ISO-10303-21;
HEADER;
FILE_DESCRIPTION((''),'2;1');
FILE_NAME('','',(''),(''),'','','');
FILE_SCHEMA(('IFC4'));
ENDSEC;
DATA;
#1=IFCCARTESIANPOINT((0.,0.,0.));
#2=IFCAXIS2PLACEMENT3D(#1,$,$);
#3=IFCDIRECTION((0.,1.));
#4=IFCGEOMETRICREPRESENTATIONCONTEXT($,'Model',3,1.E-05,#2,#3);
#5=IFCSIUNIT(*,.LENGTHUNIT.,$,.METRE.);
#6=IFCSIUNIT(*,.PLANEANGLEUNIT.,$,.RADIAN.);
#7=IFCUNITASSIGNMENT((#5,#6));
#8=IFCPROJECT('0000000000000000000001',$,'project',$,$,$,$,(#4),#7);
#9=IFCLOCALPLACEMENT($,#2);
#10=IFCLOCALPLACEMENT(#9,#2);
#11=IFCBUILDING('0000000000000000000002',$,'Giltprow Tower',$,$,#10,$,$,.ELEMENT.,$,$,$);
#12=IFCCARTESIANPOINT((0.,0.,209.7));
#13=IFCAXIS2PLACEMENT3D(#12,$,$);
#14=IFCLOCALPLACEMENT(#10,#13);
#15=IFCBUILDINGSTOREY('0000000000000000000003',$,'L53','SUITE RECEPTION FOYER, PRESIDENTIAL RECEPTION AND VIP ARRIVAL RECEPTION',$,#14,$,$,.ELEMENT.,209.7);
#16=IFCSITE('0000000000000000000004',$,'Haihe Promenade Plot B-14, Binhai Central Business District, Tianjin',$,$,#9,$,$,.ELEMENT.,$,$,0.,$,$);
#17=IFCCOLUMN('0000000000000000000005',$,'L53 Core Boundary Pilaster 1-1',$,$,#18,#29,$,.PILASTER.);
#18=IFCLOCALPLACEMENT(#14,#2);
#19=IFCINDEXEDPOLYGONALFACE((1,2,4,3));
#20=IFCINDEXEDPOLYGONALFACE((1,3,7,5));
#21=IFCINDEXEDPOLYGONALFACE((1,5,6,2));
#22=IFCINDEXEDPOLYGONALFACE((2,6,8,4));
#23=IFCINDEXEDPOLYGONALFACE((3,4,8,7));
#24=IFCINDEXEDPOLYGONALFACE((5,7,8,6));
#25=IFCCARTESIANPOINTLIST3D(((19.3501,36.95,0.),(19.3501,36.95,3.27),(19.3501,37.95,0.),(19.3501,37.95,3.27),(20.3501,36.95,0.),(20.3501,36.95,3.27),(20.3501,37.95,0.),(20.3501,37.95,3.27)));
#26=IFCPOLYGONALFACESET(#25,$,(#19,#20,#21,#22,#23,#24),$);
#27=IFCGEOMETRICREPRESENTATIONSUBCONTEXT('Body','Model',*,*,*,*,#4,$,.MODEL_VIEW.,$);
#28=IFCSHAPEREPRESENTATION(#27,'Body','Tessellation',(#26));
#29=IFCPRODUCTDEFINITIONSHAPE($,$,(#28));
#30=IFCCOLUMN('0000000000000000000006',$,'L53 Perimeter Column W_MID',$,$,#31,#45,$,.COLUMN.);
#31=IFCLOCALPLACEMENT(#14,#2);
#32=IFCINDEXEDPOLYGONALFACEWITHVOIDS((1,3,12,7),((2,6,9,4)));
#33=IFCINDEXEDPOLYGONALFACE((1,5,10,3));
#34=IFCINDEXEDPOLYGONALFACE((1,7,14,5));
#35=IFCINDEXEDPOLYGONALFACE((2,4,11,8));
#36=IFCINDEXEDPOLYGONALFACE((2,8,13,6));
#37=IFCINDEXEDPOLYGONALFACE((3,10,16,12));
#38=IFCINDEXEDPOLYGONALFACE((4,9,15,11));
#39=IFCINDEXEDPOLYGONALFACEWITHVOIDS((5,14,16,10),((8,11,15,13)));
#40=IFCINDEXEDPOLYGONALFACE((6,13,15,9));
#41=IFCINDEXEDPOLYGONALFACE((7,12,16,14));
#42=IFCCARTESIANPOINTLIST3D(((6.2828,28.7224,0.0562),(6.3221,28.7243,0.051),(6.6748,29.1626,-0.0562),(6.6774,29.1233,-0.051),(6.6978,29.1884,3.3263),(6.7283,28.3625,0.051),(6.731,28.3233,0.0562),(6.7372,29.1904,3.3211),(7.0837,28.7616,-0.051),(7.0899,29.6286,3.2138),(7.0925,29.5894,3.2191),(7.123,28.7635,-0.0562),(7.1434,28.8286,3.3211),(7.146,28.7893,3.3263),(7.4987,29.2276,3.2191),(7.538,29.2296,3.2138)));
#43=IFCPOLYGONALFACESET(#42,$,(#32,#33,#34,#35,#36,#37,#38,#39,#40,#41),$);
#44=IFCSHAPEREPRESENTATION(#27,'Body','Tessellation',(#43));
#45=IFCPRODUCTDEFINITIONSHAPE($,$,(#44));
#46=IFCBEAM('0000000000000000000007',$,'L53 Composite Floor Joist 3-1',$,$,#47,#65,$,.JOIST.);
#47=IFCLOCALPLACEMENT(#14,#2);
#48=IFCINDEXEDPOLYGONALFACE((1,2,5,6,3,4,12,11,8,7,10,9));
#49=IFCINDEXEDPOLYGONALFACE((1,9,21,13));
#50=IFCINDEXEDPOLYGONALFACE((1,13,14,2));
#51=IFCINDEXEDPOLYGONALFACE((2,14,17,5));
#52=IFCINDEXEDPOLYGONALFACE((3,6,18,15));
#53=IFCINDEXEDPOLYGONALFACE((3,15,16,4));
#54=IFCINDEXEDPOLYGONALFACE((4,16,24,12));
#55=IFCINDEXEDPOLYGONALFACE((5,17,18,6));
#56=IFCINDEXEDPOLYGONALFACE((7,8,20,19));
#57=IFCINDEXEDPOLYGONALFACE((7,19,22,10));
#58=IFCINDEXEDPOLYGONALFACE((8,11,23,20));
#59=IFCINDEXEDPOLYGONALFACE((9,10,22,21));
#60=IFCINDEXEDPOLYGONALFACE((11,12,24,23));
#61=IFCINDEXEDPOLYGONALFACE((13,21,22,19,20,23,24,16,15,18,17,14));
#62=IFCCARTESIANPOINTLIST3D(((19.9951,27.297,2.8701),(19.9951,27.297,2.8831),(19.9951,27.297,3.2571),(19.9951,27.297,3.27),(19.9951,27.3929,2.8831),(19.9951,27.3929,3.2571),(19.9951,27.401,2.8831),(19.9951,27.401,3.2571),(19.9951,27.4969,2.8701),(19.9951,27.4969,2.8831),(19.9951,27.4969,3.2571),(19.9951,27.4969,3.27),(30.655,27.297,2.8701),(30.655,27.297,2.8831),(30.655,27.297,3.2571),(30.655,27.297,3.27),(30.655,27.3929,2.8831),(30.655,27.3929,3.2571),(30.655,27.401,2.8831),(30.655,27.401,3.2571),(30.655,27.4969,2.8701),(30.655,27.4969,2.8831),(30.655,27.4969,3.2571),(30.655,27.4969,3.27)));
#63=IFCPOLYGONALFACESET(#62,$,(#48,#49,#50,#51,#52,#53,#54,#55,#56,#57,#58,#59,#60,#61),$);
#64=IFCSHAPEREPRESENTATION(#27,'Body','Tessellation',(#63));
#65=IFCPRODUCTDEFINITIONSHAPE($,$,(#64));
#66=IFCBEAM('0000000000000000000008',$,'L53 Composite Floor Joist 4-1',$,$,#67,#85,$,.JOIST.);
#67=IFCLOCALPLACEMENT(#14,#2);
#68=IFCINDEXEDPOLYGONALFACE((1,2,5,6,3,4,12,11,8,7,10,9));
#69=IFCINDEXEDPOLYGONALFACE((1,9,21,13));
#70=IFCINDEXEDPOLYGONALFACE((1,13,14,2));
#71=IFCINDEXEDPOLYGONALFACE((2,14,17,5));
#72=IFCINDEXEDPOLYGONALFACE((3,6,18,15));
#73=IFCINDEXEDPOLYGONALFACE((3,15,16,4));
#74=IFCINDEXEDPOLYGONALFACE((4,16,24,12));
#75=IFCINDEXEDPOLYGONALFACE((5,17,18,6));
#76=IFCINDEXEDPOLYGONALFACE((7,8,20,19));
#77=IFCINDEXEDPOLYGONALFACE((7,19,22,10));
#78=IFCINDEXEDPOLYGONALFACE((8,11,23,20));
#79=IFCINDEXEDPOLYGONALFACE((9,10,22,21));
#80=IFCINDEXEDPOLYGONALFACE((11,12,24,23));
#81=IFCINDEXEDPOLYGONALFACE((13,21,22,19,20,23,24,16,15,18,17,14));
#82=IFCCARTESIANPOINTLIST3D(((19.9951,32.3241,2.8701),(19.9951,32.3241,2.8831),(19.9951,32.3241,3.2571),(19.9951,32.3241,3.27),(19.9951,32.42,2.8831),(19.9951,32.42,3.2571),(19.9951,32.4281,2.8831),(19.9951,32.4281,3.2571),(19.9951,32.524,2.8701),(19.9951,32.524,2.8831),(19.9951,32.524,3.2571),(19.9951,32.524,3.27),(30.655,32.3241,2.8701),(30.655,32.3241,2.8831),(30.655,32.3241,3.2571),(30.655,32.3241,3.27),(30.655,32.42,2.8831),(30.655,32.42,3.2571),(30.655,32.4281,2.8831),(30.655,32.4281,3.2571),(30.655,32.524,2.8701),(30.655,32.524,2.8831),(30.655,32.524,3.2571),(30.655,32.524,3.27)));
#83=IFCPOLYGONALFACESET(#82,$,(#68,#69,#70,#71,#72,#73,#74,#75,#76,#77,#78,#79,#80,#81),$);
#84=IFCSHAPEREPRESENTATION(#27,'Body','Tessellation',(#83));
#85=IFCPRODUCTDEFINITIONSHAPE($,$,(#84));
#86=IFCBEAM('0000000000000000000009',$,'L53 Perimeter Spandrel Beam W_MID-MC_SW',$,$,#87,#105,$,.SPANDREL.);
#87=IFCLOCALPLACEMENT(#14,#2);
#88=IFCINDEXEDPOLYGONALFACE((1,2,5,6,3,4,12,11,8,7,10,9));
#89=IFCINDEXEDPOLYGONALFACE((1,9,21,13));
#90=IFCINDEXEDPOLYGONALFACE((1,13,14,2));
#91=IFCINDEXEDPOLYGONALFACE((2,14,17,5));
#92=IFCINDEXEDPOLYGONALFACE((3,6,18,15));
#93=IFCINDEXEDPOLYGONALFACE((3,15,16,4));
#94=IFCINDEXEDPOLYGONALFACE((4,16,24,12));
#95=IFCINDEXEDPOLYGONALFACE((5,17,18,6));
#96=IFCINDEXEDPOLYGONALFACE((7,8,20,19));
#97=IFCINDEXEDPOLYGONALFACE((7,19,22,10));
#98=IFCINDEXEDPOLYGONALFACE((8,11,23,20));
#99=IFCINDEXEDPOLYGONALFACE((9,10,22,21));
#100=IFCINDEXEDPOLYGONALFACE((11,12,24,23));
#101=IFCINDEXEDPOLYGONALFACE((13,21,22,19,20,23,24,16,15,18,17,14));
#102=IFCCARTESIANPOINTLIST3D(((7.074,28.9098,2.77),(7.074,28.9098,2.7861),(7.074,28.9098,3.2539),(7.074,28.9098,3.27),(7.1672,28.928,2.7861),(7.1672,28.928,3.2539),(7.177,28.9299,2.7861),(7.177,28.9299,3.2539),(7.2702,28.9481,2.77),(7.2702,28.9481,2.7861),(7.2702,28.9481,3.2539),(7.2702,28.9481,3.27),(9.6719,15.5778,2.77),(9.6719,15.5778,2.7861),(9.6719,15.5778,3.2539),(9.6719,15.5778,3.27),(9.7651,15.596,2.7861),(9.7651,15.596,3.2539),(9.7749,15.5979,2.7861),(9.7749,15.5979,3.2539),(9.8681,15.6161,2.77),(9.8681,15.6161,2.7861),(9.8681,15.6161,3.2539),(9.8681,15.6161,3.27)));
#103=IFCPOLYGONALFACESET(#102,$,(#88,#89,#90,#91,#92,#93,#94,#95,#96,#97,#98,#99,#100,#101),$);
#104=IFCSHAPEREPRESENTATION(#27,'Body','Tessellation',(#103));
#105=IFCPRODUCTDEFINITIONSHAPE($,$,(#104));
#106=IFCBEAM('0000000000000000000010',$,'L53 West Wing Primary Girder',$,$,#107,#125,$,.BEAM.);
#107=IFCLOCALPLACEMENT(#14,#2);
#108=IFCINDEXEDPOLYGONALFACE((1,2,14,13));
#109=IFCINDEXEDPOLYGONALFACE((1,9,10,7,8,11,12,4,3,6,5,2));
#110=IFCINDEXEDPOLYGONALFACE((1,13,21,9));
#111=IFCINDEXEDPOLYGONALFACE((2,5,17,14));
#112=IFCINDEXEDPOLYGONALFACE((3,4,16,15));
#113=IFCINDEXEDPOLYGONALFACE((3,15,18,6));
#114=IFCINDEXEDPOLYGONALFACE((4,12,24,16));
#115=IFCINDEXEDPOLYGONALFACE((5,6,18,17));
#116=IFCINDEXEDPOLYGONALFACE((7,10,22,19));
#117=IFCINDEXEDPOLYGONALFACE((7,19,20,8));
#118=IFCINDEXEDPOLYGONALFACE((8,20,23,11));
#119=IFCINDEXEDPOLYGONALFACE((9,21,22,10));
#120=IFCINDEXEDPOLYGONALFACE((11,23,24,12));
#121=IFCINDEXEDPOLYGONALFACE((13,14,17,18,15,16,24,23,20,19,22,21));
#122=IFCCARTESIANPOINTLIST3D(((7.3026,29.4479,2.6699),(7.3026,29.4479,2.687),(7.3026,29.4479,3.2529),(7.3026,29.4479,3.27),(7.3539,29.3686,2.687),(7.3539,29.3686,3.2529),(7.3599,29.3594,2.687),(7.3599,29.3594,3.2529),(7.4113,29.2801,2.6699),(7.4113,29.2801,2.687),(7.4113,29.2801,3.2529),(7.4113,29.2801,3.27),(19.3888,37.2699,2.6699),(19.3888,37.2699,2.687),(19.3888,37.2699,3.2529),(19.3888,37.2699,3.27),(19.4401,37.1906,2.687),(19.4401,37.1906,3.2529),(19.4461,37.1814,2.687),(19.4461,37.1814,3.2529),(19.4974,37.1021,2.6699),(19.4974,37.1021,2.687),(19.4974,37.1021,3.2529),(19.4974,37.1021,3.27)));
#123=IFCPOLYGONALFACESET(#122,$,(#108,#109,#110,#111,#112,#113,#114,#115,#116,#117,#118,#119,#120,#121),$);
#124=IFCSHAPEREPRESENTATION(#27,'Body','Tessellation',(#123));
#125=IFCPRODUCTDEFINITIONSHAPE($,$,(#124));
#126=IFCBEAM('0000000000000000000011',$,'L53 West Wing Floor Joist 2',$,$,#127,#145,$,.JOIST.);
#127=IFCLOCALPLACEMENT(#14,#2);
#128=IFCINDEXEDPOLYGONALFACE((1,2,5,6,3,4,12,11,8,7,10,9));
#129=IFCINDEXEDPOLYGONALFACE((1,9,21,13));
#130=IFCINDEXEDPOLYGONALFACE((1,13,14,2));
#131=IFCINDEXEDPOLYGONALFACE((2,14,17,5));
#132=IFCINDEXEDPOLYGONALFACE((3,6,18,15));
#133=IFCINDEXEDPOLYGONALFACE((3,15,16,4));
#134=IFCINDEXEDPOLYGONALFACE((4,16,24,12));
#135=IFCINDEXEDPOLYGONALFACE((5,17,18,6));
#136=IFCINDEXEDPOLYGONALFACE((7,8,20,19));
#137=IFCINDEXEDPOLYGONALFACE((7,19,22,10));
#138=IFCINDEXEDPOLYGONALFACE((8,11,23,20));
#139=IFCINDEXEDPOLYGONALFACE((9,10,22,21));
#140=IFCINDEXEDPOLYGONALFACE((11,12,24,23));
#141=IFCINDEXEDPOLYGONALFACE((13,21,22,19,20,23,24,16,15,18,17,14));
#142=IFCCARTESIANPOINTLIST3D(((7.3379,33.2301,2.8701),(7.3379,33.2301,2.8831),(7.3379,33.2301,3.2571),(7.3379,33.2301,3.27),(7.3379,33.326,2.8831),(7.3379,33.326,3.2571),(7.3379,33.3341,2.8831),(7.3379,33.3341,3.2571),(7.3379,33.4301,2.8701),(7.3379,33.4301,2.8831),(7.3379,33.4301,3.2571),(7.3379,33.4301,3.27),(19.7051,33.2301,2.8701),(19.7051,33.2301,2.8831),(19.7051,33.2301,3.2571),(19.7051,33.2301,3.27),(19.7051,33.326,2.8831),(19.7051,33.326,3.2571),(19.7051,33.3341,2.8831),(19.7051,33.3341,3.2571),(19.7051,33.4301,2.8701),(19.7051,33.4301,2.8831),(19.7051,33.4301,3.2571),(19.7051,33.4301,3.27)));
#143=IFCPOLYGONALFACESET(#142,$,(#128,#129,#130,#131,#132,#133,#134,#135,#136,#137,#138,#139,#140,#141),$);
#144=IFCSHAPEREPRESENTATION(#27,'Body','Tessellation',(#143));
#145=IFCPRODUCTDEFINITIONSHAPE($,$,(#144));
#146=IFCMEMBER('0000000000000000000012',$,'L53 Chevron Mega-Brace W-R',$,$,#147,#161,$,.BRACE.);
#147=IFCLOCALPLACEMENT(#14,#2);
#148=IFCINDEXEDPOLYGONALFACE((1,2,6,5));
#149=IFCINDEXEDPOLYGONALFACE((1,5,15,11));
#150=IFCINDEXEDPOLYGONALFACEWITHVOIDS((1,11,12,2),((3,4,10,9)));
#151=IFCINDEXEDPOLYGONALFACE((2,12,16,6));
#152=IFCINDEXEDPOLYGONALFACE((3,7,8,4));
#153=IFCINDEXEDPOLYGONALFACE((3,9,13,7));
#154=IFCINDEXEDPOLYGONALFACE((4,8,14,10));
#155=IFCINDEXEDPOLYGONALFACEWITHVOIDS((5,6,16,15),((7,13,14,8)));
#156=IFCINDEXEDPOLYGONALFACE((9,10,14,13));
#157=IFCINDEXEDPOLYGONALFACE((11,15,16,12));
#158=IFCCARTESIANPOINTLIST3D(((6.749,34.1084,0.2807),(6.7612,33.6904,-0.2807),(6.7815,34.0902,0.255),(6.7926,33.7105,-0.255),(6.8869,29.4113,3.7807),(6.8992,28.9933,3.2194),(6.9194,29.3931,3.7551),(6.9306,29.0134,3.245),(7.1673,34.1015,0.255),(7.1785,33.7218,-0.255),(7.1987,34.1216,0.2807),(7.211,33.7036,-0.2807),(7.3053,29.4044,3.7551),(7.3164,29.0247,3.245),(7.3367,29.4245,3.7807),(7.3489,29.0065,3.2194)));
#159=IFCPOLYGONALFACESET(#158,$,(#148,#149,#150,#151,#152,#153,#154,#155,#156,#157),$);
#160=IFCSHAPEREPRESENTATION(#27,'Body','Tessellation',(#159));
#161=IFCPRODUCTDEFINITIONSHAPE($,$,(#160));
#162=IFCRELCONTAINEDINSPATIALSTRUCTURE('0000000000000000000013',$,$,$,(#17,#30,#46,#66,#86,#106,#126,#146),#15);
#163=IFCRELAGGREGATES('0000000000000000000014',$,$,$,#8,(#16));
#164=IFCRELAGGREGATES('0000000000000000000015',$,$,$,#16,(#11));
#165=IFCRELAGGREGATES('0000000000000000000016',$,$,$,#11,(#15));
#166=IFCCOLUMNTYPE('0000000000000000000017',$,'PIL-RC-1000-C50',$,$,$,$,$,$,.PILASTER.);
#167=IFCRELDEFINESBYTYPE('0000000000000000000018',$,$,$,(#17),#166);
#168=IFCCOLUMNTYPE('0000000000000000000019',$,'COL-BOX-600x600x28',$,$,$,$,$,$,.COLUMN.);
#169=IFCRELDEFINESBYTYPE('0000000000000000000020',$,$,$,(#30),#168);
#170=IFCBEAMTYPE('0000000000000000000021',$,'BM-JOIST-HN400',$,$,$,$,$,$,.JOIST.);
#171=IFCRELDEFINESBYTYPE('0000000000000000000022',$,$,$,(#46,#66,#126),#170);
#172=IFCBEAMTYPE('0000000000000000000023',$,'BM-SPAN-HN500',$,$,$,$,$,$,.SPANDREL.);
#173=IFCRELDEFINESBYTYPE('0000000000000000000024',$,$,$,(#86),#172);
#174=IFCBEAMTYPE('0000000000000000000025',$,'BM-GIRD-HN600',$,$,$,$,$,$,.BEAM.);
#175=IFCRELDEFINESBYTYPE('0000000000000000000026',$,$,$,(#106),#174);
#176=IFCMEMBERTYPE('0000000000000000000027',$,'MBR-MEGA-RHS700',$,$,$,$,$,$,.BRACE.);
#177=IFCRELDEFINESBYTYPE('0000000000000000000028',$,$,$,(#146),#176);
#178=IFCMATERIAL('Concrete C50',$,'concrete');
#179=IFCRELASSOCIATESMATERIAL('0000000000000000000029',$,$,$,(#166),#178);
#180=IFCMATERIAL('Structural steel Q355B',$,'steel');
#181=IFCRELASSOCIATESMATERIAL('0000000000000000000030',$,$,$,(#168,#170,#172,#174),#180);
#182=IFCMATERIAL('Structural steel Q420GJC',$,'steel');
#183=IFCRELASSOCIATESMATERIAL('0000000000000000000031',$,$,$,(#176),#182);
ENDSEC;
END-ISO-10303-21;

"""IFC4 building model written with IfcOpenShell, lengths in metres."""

from ifc_helpers import new_model, si_unit, direction, frame, origin, origin_2d, place, context, subcontext, project, spatial, rectangle, hollow_rectangle, i_section, extrude, source, transform, mapped, material, material_profile, profile_set, type_object, element, save


model = new_model("IFC4")

# Units and contexts
model_context = context("Model", 3, precision=1e-05, world=origin(), true_north=direction((0.0, 1.0)))
body_context = subcontext(model_context, "Body", "Model", "MODEL_VIEW")
ifc_project = project(units=[si_unit("LENGTHUNIT", "METRE"), si_unit("PLANEANGLEUNIT", "RADIAN")], contexts=[model_context])

# Site, building, storey
site_placement = place(None, origin())
site = spatial("IfcSite", under=ifc_project, at=site_placement, Name="Haihe Promenade Plot B-14, Binhai Central Business District, Tianjin", CompositionType="ELEMENT", RefElevation=0.0)
building_placement = place(site_placement, origin())
building = spatial("IfcBuilding", under=site, at=building_placement, Name="Giltprow Tower", CompositionType="ELEMENT")
storey_placement = place(building_placement, frame((0.0, 0.0, 209.7)))
storey = spatial("IfcBuildingStorey", under=building, at=storey_placement, Name="L53", Description="SUITE RECEPTION FOYER, PRESIDENTIAL RECEPTION AND VIP ARRIVAL RECEPTION", CompositionType="ELEMENT", Elevation=209.7)

# Columns
ifc_material_1 = material(Name="Concrete C50", Category="concrete")
ifc_material_profile_1 = material_profile(ifc_material_1, rectangle(XDim=1.0, YDim=1.0, at=origin_2d()), Name="RC 1000x1000")
ifc_profile_set_1 = profile_set([ifc_material_profile_1], Name="Concrete C50")
column_type_1 = type_object("IfcColumnType", Name="PIL-RC-1000-C50", PredefinedType="PILASTER", material=ifc_profile_set_1)
shared_shape_1 = source(origin(), body_context, "Body", "SweptSolid", [
    extrude(rectangle(XDim=1.0, YDim=1.0, at=origin_2d()), origin(), (0.0, 0.0, 1.0), 3.27),
])
column_1_placement = place(storey_placement, frame((19.8501, 37.45, 0.0), z_axis=(0.0, 0.0, 1.0), x_axis=(1.0, 0.0, 0.0)))
element("IfcColumn", 1, at=column_1_placement, inside=storey, type_object=column_type_1, Name="L53 Core Boundary Pilaster 1-1", PredefinedType="PILASTER", context=body_context, shape_type="MappedRepresentation", body=[
    mapped(shared_shape_1, transform((0.0, 0.0, 0.0), x_axis=(1.0, 0.0, 0.0), y_axis=(0.0, 1.0, 0.0), z_axis=(0.0, 0.0, 1.0), scale=1.0)),
])
ifc_material_2 = material(Name="Structural steel Q355B", Category="steel")
ifc_material_profile_2 = material_profile(ifc_material_2, hollow_rectangle(XDim=0.6001, YDim=0.6001, WallThickness=0.0281, at=origin_2d()), Name="BOX 600x600x28")
ifc_profile_set_2 = profile_set([ifc_material_profile_2], Name="Structural steel Q355B")
column_type_2 = type_object("IfcColumnType", Name="COL-BOX-600x600x28", PredefinedType="COLUMN", material=ifc_profile_set_2)
shared_shape_2 = source(origin(), body_context, "Body", "SweptSolid", [
    extrude(hollow_rectangle(XDim=0.6001, YDim=0.6001, WallThickness=0.0281, at=origin_2d()), origin(), (0.0, 0.0, 1.0), 3.3291),
])
column_2_placement = place(storey_placement, frame((6.7029, 28.7429, 0.0), z_axis=(0.124672, 0.14, 0.982271), x_axis=(-0.746805, 0.665043, 0.0)))
element("IfcColumn", 2, at=column_2_placement, inside=storey, type_object=column_type_2, Name="L53 Perimeter Column W_MID", PredefinedType="COLUMN", context=body_context, shape_type="MappedRepresentation", body=[
    mapped(shared_shape_2, transform((0.0, 0.0, 0.0), x_axis=(1.0, 0.0, 0.0), y_axis=(0.0, 1.0, 0.0), z_axis=(0.0, 0.0, 1.0), scale=1.0)),
])

# Beams
ifc_material_profile_3 = material_profile(ifc_material_2, i_section(OverallWidth=0.2, OverallDepth=0.3999, WebThickness=0.0081, FlangeThickness=0.0129, at=origin_2d()), Name="HN 400x200x8x13")
ifc_profile_set_3 = profile_set([ifc_material_profile_3], Name="Structural steel Q355B")
beam_type_1 = type_object("IfcBeamType", Name="BM-JOIST-HN400", PredefinedType="JOIST", material=ifc_profile_set_3)
shared_shape_3 = source(origin(), body_context, "Body", "SweptSolid", [
    extrude(i_section(OverallWidth=0.2, OverallDepth=0.3999, WebThickness=0.0081, FlangeThickness=0.0129, at=origin_2d()), origin(), (0.0, 0.0, 1.0), 10.6599),
])
for number, where, z_axis, x_axis, name in (
    (3, (19.9951, 27.397, 3.0701), (1.0, 0.0, 0.0), (0.0, 1.0, 0.0), "L53 Composite Floor Joist 3-1"),
    (4, (19.9951, 32.4241, 3.0701), (1.0, 0.0, 0.0), (0.0, 1.0, 0.0), "L53 Composite Floor Joist 4-1"),
):
    element("IfcBeam", number, at=place(storey_placement, frame(where, z_axis=z_axis, x_axis=x_axis)), inside=storey, type_object=beam_type_1, Name=name, PredefinedType="JOIST", context=body_context, shape_type="MappedRepresentation", body=[
        mapped(shared_shape_3, transform((0.0, 0.0, 0.0), x_axis=(1.0, 0.0, 0.0), y_axis=(0.0, 1.0, 0.0), z_axis=(0.0, 0.0, 1.0), scale=1.0)),
    ])
ifc_material_profile_4 = material_profile(ifc_material_2, i_section(OverallWidth=0.2, OverallDepth=0.5, WebThickness=0.01, FlangeThickness=0.0161, at=origin_2d()), Name="HN 500x200x10x16")
ifc_profile_set_4 = profile_set([ifc_material_profile_4], Name="Structural steel Q355B")
beam_type_2 = type_object("IfcBeamType", Name="BM-SPAN-HN500", PredefinedType="SPANDREL", material=ifc_profile_set_4)
shared_shape_4 = source(origin(), body_context, "Body", "SweptSolid", [
    extrude(i_section(OverallWidth=0.2, OverallDepth=0.5, WebThickness=0.01, FlangeThickness=0.0161, at=origin_2d()), origin(), (0.0, 0.0, 1.0), 13.5828),
])
beam_1_placement = place(storey_placement, frame((7.1721, 28.929, 3.02), z_axis=(0.191264, -0.981539, 0.0), x_axis=(0.981539, 0.191264, 0.0)))
element("IfcBeam", 5, at=beam_1_placement, inside=storey, type_object=beam_type_2, Name="L53 Perimeter Spandrel Beam W_MID-MC_SW", PredefinedType="SPANDREL", context=body_context, shape_type="MappedRepresentation", body=[
    mapped(shared_shape_4, transform((0.0, 0.0, 0.0), x_axis=(1.0, 0.0, 0.0), y_axis=(0.0, 1.0, 0.0), z_axis=(0.0, 0.0, 1.0), scale=1.0)),
])
ifc_material_profile_5 = material_profile(ifc_material_2, i_section(OverallWidth=0.2, OverallDepth=0.6001, WebThickness=0.011, FlangeThickness=0.0171, at=origin_2d()), Name="HN 600x200x11x17")
ifc_profile_set_5 = profile_set([ifc_material_profile_5], Name="Structural steel Q355B")
beam_type_3 = type_object("IfcBeamType", Name="BM-GIRD-HN600", PredefinedType="BEAM", material=ifc_profile_set_5)
shared_shape_5 = source(origin(), body_context, "Body", "SweptSolid", [
    extrude(i_section(OverallWidth=0.2, OverallDepth=0.6001, WebThickness=0.011, FlangeThickness=0.0171, at=origin_2d()), origin(), (0.0, 0.0, 1.0), 14.3965),
])
beam_2_placement = place(storey_placement, frame((7.3569, 29.364, 2.97), z_axis=(0.839521, 0.543327, 0.0), x_axis=(-0.543327, 0.839521, 0.0)))
element("IfcBeam", 6, at=beam_2_placement, inside=storey, type_object=beam_type_3, Name="L53 West Wing Primary Girder", PredefinedType="BEAM", context=body_context, shape_type="MappedRepresentation", body=[
    mapped(shared_shape_5, transform((0.0, 0.0, 0.0), x_axis=(1.0, 0.0, 0.0), y_axis=(0.0, 1.0, 0.0), z_axis=(0.0, 0.0, 1.0), scale=1.0)),
])
shared_shape_6 = source(origin(), body_context, "Body", "SweptSolid", [
    extrude(i_section(OverallWidth=0.2, OverallDepth=0.3999, WebThickness=0.0081, FlangeThickness=0.0129, at=origin_2d()), origin(), (0.0, 0.0, 1.0), 12.3672),
])
beam_3_placement = place(storey_placement, frame((7.3379, 33.3301, 3.0701), z_axis=(1.0, 0.0, 0.0), x_axis=(0.0, 1.0, 0.0)))
element("IfcBeam", 7, at=beam_3_placement, inside=storey, type_object=beam_type_1, Name="L53 West Wing Floor Joist 2", PredefinedType="JOIST", context=body_context, shape_type="MappedRepresentation", body=[
    mapped(shared_shape_6, transform((0.0, 0.0, 0.0), x_axis=(1.0, 0.0, 0.0), y_axis=(0.0, 1.0, 0.0), z_axis=(0.0, 0.0, 1.0), scale=1.0)),
])

# Member
ifc_material_3 = material(Name="Structural steel Q420GJC", Category="steel")
ifc_material_profile_6 = material_profile(ifc_material_3, hollow_rectangle(XDim=0.45, YDim=0.7, WallThickness=0.032, at=origin_2d()), Name="RHS 700x450x32")
ifc_profile_set_6 = profile_set([ifc_material_profile_6], Name="Structural steel Q420GJC")
member_type = type_object("IfcMemberType", Name="MBR-MEGA-RHS700", PredefinedType="BRACE", material=ifc_profile_set_6)
shared_shape_7 = source(origin(), body_context, "Body", "SweptSolid", [
    extrude(hollow_rectangle(XDim=0.45, YDim=0.7, WallThickness=0.032, at=origin_2d()), origin(), (0.0, 0.0, 1.0), 5.8594),
])
member_placement = place(storey_placement, frame((6.98, 33.906, 0.0), z_axis=(0.023542, -0.801639, 0.597344), x_axis=(0.999569, 0.029355, 0.0)))
element("IfcMember", 8, at=member_placement, inside=storey, type_object=member_type, Name="L53 Chevron Mega-Brace W-R", PredefinedType="BRACE", context=body_context, shape_type="MappedRepresentation", body=[
    mapped(shared_shape_7, transform((0.0, 0.0, 0.0), x_axis=(1.0, 0.0, 0.0), y_axis=(0.0, 1.0, 0.0), z_axis=(0.0, 0.0, 1.0), scale=1.0)),
])

save(model, "model.ifc")
